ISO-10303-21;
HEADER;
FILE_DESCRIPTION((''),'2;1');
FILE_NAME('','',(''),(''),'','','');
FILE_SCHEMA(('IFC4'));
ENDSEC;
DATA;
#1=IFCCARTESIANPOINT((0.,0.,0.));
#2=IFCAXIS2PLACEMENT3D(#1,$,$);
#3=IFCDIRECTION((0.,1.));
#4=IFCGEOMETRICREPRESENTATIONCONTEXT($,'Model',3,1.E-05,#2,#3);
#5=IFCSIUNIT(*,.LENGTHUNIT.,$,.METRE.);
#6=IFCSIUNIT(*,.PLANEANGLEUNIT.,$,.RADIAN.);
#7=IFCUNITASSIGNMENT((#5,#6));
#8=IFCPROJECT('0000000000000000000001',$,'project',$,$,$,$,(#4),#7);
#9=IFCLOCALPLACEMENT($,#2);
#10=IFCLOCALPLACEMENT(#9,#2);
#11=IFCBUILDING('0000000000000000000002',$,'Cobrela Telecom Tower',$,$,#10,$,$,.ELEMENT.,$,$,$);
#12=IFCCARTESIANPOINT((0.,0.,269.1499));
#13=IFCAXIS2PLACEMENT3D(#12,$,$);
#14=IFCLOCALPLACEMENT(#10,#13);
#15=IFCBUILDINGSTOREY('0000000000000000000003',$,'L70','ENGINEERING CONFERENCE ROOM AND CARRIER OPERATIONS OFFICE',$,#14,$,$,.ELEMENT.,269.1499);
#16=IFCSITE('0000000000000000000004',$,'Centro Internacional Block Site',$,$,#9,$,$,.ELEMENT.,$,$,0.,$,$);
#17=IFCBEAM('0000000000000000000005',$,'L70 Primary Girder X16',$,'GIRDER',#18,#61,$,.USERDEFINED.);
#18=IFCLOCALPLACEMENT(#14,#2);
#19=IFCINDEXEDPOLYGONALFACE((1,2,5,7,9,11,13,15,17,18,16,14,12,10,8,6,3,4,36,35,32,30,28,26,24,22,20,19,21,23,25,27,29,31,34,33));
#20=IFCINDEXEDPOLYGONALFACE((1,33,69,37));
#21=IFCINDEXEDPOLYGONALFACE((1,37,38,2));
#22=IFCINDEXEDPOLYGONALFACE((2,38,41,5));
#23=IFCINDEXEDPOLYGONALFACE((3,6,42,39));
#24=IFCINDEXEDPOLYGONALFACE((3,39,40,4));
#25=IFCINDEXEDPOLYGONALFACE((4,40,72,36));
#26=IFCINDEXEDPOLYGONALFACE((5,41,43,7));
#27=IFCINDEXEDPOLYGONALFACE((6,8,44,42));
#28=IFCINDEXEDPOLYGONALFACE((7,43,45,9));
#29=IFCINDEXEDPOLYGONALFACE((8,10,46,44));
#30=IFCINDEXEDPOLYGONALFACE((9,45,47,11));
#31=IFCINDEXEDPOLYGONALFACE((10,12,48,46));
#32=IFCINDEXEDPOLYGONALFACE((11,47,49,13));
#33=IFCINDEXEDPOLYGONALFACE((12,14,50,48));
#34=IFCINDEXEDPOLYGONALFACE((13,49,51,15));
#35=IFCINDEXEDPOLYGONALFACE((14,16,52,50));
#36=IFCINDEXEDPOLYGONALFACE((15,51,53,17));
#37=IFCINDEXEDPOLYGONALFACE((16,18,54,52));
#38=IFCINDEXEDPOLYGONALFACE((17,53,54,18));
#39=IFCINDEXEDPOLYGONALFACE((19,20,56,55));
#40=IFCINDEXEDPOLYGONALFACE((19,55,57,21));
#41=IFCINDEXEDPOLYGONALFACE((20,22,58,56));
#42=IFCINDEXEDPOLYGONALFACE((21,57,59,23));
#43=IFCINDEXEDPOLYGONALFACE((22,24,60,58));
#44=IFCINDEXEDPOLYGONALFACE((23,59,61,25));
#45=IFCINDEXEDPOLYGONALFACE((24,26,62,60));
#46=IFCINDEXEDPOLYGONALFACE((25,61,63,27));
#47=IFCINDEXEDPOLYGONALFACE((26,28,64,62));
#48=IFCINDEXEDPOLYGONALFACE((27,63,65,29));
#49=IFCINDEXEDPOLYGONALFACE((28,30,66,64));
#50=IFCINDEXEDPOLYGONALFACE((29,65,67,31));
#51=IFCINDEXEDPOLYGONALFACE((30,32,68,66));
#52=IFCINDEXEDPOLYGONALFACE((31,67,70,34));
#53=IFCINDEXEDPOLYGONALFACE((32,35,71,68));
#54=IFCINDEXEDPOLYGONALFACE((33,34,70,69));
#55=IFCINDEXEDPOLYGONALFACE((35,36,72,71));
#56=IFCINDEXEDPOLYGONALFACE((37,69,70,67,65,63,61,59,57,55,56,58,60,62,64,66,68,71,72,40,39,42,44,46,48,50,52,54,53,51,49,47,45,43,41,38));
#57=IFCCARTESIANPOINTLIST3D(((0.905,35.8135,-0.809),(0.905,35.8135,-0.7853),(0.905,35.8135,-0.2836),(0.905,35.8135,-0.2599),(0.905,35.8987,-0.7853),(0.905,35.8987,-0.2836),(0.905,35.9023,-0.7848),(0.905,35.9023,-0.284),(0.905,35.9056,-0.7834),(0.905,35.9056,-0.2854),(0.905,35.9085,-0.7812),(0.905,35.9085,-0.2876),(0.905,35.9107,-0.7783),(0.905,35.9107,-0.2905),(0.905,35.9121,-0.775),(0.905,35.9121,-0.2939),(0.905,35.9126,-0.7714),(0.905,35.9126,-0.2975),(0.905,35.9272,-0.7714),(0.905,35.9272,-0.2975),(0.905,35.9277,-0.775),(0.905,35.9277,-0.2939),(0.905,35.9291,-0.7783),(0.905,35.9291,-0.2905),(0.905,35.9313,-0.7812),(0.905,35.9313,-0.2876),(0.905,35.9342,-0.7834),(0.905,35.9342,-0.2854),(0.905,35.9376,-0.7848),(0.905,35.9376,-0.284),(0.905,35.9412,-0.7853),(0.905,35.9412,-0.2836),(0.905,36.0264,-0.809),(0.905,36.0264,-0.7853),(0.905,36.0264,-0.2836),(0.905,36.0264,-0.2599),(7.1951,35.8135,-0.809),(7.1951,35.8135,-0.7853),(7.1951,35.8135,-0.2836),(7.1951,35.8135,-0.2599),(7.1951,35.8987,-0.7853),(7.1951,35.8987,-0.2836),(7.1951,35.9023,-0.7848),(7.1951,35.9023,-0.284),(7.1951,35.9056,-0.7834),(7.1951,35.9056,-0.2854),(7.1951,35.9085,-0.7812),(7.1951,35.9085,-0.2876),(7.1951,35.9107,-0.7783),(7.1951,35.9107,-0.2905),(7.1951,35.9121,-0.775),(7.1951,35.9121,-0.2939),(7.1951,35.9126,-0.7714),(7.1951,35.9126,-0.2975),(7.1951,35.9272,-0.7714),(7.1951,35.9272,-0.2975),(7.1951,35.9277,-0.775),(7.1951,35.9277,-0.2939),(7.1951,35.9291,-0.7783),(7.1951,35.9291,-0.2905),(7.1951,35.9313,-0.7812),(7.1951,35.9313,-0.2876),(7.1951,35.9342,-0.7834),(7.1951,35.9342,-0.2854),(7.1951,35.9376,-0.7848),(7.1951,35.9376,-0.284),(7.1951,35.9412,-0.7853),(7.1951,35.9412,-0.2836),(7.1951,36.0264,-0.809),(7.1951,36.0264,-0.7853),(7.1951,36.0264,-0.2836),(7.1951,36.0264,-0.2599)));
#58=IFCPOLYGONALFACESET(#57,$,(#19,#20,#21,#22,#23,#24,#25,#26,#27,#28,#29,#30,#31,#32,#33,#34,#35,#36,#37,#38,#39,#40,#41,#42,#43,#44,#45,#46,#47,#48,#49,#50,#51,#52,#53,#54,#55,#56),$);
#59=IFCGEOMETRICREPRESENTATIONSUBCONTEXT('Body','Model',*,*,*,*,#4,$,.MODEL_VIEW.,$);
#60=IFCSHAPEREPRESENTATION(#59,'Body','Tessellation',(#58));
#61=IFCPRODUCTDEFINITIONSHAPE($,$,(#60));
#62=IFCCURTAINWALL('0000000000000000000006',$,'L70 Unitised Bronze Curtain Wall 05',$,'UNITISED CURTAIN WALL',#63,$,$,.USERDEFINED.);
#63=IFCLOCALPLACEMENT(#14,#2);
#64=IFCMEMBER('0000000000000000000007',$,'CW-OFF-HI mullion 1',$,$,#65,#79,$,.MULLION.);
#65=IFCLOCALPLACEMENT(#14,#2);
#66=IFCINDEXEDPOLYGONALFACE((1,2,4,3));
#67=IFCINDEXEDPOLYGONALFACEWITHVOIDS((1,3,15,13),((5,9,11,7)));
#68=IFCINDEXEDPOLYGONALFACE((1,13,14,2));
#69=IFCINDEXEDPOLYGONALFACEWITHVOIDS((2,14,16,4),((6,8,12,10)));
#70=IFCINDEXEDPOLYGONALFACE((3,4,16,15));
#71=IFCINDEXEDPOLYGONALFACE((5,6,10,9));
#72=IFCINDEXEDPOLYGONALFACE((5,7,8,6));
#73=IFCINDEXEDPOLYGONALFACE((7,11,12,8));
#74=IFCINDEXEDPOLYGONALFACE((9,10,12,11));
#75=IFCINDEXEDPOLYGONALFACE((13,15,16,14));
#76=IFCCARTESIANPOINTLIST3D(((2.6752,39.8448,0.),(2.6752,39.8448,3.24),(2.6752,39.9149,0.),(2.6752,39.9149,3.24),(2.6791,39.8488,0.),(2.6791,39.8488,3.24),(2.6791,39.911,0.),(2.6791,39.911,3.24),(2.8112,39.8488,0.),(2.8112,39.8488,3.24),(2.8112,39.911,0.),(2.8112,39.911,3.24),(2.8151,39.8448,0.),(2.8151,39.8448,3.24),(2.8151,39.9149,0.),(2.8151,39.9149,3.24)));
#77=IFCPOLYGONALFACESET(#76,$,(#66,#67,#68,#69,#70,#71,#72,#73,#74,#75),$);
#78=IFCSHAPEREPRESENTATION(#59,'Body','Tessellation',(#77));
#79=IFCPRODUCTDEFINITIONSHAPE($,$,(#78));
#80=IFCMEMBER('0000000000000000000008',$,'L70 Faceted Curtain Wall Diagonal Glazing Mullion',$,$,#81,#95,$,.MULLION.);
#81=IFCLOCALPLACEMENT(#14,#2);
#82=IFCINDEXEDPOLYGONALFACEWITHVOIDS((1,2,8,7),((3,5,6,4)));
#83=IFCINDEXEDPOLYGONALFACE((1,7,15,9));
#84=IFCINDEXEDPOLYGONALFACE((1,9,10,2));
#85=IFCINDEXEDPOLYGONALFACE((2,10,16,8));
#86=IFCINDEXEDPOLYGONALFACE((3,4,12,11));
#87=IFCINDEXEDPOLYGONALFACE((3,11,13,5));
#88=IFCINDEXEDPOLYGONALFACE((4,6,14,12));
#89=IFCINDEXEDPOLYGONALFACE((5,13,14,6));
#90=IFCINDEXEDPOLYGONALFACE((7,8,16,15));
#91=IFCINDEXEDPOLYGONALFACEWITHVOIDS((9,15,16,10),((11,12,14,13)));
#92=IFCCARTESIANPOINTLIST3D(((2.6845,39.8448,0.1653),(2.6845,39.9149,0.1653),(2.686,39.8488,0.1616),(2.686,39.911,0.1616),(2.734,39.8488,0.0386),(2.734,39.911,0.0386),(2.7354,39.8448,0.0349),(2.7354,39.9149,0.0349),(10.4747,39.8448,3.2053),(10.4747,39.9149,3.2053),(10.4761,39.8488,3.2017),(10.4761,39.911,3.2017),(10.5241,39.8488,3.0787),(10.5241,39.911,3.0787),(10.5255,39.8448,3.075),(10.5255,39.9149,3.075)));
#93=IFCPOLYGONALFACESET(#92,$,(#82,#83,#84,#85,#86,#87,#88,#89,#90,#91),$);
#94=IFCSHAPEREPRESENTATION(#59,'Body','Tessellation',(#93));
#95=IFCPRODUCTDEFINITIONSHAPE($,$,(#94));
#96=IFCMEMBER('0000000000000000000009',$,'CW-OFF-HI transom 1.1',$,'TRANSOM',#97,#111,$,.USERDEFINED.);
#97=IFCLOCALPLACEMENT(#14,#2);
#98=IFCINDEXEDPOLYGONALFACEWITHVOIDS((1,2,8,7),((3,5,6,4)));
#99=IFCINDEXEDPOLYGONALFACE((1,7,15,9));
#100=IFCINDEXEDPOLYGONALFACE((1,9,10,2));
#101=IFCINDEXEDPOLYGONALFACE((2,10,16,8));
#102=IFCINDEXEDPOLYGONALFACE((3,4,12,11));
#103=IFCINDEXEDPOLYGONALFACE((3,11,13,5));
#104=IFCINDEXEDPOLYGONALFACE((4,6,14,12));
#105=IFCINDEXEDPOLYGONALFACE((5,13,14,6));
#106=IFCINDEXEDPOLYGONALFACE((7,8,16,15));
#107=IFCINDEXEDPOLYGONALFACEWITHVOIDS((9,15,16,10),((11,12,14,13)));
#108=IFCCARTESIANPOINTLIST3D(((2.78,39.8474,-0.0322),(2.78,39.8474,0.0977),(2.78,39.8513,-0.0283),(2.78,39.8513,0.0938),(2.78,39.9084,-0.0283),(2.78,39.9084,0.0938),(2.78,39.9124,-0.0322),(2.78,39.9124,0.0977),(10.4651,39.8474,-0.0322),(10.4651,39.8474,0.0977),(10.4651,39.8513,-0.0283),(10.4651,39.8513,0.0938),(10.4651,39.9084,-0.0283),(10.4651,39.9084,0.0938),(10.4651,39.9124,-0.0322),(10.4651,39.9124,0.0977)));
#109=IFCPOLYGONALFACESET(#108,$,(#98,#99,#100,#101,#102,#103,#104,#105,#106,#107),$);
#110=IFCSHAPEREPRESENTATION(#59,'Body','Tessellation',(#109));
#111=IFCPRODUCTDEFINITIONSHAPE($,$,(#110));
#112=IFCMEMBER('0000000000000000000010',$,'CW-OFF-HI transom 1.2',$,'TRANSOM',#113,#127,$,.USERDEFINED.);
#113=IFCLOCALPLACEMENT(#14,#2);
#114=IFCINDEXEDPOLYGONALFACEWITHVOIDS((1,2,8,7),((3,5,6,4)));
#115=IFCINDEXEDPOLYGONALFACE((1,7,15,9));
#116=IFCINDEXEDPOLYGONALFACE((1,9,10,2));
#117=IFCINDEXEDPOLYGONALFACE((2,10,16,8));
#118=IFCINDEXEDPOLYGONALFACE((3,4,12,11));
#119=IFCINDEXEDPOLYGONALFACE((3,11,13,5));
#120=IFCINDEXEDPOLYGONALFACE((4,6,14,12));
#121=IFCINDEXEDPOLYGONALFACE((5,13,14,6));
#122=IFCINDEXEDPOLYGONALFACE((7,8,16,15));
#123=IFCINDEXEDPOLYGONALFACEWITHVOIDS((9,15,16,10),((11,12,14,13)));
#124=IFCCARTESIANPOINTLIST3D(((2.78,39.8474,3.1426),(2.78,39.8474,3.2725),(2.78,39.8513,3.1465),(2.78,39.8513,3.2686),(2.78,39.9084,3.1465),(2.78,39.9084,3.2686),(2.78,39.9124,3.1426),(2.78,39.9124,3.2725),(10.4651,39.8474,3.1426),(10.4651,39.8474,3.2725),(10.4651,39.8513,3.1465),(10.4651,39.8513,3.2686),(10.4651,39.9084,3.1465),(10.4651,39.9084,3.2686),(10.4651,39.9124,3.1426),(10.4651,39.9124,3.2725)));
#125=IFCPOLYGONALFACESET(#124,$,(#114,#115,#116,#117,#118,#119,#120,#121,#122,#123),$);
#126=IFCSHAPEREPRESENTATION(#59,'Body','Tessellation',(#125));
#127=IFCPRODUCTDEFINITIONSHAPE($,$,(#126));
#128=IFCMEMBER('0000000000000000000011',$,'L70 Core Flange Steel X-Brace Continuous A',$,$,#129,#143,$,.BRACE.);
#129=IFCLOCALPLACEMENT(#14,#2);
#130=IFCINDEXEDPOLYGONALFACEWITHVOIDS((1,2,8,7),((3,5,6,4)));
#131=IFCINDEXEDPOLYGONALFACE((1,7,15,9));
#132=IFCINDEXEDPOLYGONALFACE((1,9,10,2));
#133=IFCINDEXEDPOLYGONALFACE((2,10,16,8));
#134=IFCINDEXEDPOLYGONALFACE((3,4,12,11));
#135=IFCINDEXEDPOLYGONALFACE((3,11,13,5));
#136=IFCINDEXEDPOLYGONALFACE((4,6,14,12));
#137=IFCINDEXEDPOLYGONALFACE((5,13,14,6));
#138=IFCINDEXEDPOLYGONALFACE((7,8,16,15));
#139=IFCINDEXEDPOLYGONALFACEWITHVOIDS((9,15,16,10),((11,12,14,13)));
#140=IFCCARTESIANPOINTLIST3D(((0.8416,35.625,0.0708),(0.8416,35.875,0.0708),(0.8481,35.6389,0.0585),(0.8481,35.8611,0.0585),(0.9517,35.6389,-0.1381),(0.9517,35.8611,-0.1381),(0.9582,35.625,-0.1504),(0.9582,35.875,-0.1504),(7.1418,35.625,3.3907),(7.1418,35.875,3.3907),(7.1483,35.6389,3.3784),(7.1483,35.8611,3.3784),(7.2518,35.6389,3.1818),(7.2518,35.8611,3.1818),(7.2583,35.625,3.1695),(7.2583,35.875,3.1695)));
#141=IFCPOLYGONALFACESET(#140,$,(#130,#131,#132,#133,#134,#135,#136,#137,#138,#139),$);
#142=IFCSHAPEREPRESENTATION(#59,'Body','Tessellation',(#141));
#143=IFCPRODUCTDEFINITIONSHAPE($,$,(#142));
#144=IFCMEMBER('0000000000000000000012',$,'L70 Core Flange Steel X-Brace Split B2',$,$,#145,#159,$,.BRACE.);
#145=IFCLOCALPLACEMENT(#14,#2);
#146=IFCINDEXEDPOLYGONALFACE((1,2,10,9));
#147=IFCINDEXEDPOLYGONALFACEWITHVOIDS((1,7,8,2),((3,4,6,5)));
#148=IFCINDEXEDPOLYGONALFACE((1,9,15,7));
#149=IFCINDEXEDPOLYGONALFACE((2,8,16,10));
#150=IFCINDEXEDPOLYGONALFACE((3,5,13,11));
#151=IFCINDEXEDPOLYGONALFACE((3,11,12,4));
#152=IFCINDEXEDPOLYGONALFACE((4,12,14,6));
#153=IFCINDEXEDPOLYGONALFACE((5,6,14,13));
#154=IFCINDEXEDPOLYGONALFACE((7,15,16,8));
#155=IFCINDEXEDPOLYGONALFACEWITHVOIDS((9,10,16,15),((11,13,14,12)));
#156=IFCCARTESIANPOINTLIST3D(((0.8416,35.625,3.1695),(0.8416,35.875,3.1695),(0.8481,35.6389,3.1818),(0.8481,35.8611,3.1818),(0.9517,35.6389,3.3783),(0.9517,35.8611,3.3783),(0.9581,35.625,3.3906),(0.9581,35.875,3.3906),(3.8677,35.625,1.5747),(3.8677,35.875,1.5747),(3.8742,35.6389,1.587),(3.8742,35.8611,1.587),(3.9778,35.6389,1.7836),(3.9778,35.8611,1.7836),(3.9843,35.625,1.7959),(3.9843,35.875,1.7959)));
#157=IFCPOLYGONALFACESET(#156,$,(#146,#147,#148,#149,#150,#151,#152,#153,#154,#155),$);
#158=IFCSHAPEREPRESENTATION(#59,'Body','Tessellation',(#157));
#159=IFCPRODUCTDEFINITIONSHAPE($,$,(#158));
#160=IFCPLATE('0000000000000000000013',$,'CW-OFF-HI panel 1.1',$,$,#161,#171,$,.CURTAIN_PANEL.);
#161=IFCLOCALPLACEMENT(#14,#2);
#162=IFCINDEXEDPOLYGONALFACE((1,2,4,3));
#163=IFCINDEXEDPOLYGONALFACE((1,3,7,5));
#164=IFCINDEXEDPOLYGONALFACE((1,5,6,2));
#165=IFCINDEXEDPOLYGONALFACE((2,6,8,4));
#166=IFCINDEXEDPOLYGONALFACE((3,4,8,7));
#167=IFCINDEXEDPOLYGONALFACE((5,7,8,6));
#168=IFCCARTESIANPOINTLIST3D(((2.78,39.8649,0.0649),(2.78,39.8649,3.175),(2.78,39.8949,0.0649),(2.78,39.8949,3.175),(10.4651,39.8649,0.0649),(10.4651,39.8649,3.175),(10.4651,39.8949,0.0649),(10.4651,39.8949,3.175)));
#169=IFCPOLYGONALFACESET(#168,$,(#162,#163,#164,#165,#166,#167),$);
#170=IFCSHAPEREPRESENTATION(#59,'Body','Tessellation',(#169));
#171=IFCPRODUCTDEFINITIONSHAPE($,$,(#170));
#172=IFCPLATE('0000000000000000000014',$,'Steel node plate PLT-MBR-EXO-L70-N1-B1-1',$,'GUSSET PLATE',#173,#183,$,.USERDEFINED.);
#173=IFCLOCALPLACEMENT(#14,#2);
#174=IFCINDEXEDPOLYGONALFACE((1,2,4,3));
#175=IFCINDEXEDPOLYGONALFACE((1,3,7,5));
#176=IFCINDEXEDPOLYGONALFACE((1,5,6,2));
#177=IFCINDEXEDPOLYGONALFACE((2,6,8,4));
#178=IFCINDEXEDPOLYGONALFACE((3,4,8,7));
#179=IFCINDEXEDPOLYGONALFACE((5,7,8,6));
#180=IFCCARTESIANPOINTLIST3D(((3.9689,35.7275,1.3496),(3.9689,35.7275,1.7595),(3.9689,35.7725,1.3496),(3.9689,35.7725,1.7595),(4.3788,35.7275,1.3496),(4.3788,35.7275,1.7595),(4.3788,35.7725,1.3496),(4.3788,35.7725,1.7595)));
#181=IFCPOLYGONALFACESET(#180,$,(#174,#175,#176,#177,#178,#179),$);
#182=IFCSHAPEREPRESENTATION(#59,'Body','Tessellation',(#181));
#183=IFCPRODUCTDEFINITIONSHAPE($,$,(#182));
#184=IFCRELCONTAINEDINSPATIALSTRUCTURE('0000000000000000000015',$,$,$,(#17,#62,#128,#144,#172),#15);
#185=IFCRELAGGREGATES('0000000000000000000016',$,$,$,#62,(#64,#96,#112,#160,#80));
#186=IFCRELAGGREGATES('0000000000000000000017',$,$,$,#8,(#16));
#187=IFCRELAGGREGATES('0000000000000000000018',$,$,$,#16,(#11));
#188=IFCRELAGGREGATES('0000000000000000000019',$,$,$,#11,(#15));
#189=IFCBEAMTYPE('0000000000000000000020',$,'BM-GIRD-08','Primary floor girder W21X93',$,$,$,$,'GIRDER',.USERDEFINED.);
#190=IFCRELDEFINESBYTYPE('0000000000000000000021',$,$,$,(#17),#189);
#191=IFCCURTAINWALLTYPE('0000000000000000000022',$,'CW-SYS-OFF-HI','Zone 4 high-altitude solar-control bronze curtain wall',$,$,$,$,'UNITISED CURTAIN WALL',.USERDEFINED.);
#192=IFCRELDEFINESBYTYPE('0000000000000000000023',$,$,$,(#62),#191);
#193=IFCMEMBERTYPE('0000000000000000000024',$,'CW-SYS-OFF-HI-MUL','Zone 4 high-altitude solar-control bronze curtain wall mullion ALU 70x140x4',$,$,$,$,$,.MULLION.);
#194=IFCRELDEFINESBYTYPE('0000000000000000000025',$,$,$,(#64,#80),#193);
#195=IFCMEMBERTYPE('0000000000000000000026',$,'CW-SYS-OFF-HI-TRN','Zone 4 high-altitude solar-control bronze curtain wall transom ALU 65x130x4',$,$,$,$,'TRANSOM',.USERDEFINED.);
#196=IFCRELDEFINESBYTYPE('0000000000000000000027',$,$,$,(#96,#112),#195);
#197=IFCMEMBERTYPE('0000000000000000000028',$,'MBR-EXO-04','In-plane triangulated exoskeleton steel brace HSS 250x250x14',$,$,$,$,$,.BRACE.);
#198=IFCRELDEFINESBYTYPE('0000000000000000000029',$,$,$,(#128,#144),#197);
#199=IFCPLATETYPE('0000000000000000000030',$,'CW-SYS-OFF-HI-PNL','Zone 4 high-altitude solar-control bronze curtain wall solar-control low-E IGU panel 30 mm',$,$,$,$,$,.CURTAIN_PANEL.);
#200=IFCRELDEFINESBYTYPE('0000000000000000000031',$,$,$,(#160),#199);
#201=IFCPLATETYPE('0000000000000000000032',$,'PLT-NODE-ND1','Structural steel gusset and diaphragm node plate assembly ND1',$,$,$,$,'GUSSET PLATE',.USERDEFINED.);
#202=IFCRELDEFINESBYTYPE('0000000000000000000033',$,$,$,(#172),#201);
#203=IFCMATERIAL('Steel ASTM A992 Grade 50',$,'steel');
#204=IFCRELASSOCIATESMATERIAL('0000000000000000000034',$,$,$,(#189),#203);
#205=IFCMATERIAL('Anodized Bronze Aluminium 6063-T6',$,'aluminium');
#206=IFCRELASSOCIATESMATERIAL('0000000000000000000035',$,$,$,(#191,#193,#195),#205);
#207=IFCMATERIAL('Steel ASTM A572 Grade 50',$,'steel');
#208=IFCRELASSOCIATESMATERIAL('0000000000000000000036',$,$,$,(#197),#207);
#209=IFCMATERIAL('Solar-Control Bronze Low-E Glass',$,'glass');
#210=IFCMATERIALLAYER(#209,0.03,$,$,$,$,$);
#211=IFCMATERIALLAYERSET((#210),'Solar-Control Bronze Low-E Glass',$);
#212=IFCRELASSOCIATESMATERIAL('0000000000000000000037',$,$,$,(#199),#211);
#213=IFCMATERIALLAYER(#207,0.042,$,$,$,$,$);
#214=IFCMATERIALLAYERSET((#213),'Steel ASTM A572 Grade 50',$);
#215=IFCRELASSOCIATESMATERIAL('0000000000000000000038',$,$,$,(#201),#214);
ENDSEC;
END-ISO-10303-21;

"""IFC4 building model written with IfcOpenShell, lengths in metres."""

from ifc_helpers import new_model, si_unit, direction, frame, origin, origin_2d, place, context, subcontext, project, spatial, rectangle, hollow_rectangle, i_section, extrude, material, layer, layer_set, material_profile, profile_set, type_object, element, aggregate, save


model = new_model("IFC4")

# Units and contexts
model_context = context("Model", 3, precision=1e-05, world=origin(), true_north=direction((0.0, 1.0)))
body_context = subcontext(model_context, "Body", "Model", "MODEL_VIEW")
ifc_project = project(units=[si_unit("LENGTHUNIT", "METRE"), si_unit("PLANEANGLEUNIT", "RADIAN")], contexts=[model_context])

# Site, building, storey
site_placement = place(None, origin())
site = spatial("IfcSite", under=ifc_project, at=site_placement, Name="Centro Internacional Block Site", CompositionType="ELEMENT", RefElevation=0.0)
building_placement = place(site_placement, origin())
building = spatial("IfcBuilding", under=site, at=building_placement, Name="Cobrela Telecom Tower", CompositionType="ELEMENT")
storey_placement = place(building_placement, frame((0.0, 0.0, 269.1499)))
storey = spatial("IfcBuildingStorey", under=building, at=storey_placement, Name="L70", Description="ENGINEERING CONFERENCE ROOM AND CARRIER OPERATIONS OFFICE", CompositionType="ELEMENT", Elevation=269.1499)

# Beam
ifc_material_1 = material(Name="Steel ASTM A992 Grade 50", Category="steel")
ifc_material_profile_1 = material_profile(ifc_material_1, i_section(OverallWidth=0.2129, OverallDepth=0.5491, WebThickness=0.0146, FlangeThickness=0.0237, FilletRadius=0.0139, at=origin_2d()), Name="W21X93")
ifc_profile_set_1 = profile_set([ifc_material_profile_1], Name="Steel ASTM A992 Grade 50")
beam_type = type_object("IfcBeamType", Name="BM-GIRD-08", Description="Primary floor girder W21X93", ElementType="GIRDER", PredefinedType="USERDEFINED", material=ifc_profile_set_1)
beam_placement = place(storey_placement, frame((0.905, 35.9199, -0.5344), z_axis=(1.0, 0.0, 0.0), x_axis=(0.0, 1.0, 0.0)))
element("IfcBeam", 1, at=beam_placement, inside=storey, type_object=beam_type, Name="L70 Primary Girder X16", ObjectType="GIRDER", PredefinedType="USERDEFINED", context=body_context, shape_type="SweptSolid", body=[
    extrude(i_section(OverallWidth=0.2129, OverallDepth=0.5491, WebThickness=0.0146, FlangeThickness=0.0237, FilletRadius=0.0139, at=origin_2d()), origin(), (0.0, 0.0, 1.0), 6.29),
])

# Curtain wall, members
ifc_material_2 = material(Name="Anodized Bronze Aluminium 6063-T6", Category="aluminium")
curtain_wall_type = type_object("IfcCurtainWallType", Name="CW-SYS-OFF-HI", Description="Zone 4 high-altitude solar-control bronze curtain wall", ElementType="UNITISED CURTAIN WALL", PredefinedType="USERDEFINED", material=ifc_material_2)
curtain_wall_placement = place(storey_placement, origin())
curtain_wall = element("IfcCurtainWall", 2, at=curtain_wall_placement, inside=storey, type_object=curtain_wall_type, Name="L70 Unitised Bronze Curtain Wall 05", ObjectType="UNITISED CURTAIN WALL", PredefinedType="USERDEFINED")
ifc_material_profile_2 = material_profile(ifc_material_2, hollow_rectangle(XDim=0.0701, YDim=0.1399, WallThickness=0.0039, at=origin_2d()), Name="ALU 70x140x4")
ifc_profile_set_2 = profile_set([ifc_material_profile_2], Name="Anodized Bronze Aluminium 6063-T6")
member_type_1 = type_object("IfcMemberType", Name="CW-SYS-OFF-HI-MUL", Description="Zone 4 high-altitude solar-control bronze curtain wall mullion ALU 70x140x4", PredefinedType="MULLION", material=ifc_profile_set_2)
member_1_placement = place(storey_placement, frame((2.7451, 39.8799, 0.0), z_axis=(0.0, 0.0, 1.0), x_axis=(0.0, 1.0, 0.0)))
member_1 = element("IfcMember", 3, at=member_1_placement, type_object=member_type_1, Name="CW-OFF-HI mullion 1", PredefinedType="MULLION", context=body_context, shape_type="SweptSolid", body=[
    extrude(hollow_rectangle(XDim=0.0701, YDim=0.1399, WallThickness=0.0039, at=origin_2d()), origin(), (0.0, 0.0, 1.0), 3.24),
])
member_2_placement = place(storey_placement, frame((2.71, 39.8799, 0.1001), z_axis=(0.931577, 0.0, 0.363545), x_axis=(0.0, 1.0, 0.0)))
member_2 = element("IfcMember", 4, at=member_2_placement, type_object=member_type_1, Name="L70 Faceted Curtain Wall Diagonal Glazing Mullion", PredefinedType="MULLION", context=body_context, shape_type="SweptSolid", body=[
    extrude(hollow_rectangle(XDim=0.0701, YDim=0.1399, WallThickness=0.0039, at=origin_2d()), origin(), (0.0, 0.0, 1.0), 8.3623),
])
ifc_material_profile_3 = material_profile(ifc_material_2, hollow_rectangle(XDim=0.0649, YDim=0.1299, WallThickness=0.0039, at=origin_2d()), Name="ALU 65x130x4")
ifc_profile_set_3 = profile_set([ifc_material_profile_3], Name="Anodized Bronze Aluminium 6063-T6")
member_type_2 = type_object("IfcMemberType", Name="CW-SYS-OFF-HI-TRN", Description="Zone 4 high-altitude solar-control bronze curtain wall transom ALU 65x130x4", ElementType="TRANSOM", PredefinedType="USERDEFINED", material=ifc_profile_set_3)
member_3_placement = place(storey_placement, frame((2.78, 39.8799, 0.0327), z_axis=(1.0, 0.0, 0.0), x_axis=(0.0, 1.0, 0.0)))
member_3 = element("IfcMember", 5, at=member_3_placement, type_object=member_type_2, Name="CW-OFF-HI transom 1.1", ObjectType="TRANSOM", PredefinedType="USERDEFINED", context=body_context, shape_type="SweptSolid", body=[
    extrude(hollow_rectangle(XDim=0.0649, YDim=0.1299, WallThickness=0.0039, at=origin_2d()), origin(), (0.0, 0.0, 1.0), 7.6851),
])
member_4_placement = place(storey_placement, frame((2.78, 39.8799, 3.2075), z_axis=(1.0, 0.0, 0.0), x_axis=(0.0, 1.0, 0.0)))
member_4 = element("IfcMember", 6, at=member_4_placement, type_object=member_type_2, Name="CW-OFF-HI transom 1.2", ObjectType="TRANSOM", PredefinedType="USERDEFINED", context=body_context, shape_type="SweptSolid", body=[
    extrude(hollow_rectangle(XDim=0.0649, YDim=0.1299, WallThickness=0.0039, at=origin_2d()), origin(), (0.0, 0.0, 1.0), 7.6851),
])

# Members
ifc_material_3 = material(Name="Steel ASTM A572 Grade 50", Category="steel")
ifc_material_profile_4 = material_profile(ifc_material_3, hollow_rectangle(XDim=0.25, YDim=0.25, WallThickness=0.0139, at=origin_2d()), Name="HSS 250x250x14")
ifc_profile_set_4 = profile_set([ifc_material_profile_4], Name="Steel ASTM A572 Grade 50")
member_type_3 = type_object("IfcMemberType", Name="MBR-EXO-04", Description="In-plane triangulated exoskeleton steel brace HSS 250x250x14", PredefinedType="BRACE", material=ifc_profile_set_4)
member_5_placement = place(storey_placement, frame((0.8999, 35.75, -0.0398), z_axis=(0.884686, 0.0, 0.466187), x_axis=(0.0, 1.0, 0.0)))
element("IfcMember", 7, at=member_5_placement, inside=storey, type_object=member_type_3, Name="L70 Core Flange Steel X-Brace Continuous A", PredefinedType="BRACE", context=body_context, shape_type="SweptSolid", body=[
    extrude(hollow_rectangle(XDim=0.25, YDim=0.25, WallThickness=0.0139, at=origin_2d()), origin(), (0.0, 0.0, 1.0), 7.1213),
])
member_6_placement = place(storey_placement, frame((3.926, 35.75, 1.6853), z_axis=(-0.884673, 0.0, 0.466211), x_axis=(0.0, -1.0, 0.0)))
element("IfcMember", 8, at=member_6_placement, inside=storey, type_object=member_type_3, Name="L70 Core Flange Steel X-Brace Split B2", PredefinedType="BRACE", context=body_context, shape_type="SweptSolid", body=[
    extrude(hollow_rectangle(XDim=0.25, YDim=0.25, WallThickness=0.0139, at=origin_2d()), origin(), (0.0, 0.0, 1.0), 3.4207),
])

# Plate
ifc_material_4 = material(Name="Solar-Control Bronze Low-E Glass", Category="glass")
ifc_layer_1 = layer(ifc_material_4, 0.03)
ifc_layer_set_1 = layer_set([ifc_layer_1], Name="Solar-Control Bronze Low-E Glass")
plate_type_1 = type_object("IfcPlateType", Name="CW-SYS-OFF-HI-PNL", Description="Zone 4 high-altitude solar-control bronze curtain wall solar-control low-E IGU panel 30 mm", PredefinedType="CURTAIN_PANEL", material=ifc_layer_set_1)
plate_1_placement = place(storey_placement, frame((6.6226, 39.8799, 0.0649), z_axis=(0.0, 0.0, 1.0), x_axis=(1.0, 0.0, 0.0)))
plate_1 = element("IfcPlate", 9, at=plate_1_placement, type_object=plate_type_1, Name="CW-OFF-HI panel 1.1", PredefinedType="CURTAIN_PANEL", context=body_context, shape_type="SweptSolid", body=[
    extrude(rectangle(XDim=7.6851, YDim=0.03, at=origin_2d()), origin(), (0.0, 0.0, 1.0), 3.1101),
])
aggregate(curtain_wall, [member_1, member_3, member_4, plate_1, member_2])

# Plate
ifc_layer_2 = layer(ifc_material_3, 0.042)
ifc_layer_set_2 = layer_set([ifc_layer_2], Name="Steel ASTM A572 Grade 50")
plate_type_2 = type_object("IfcPlateType", Name="PLT-NODE-ND1", Description="Structural steel gusset and diaphragm node plate assembly ND1", ElementType="GUSSET PLATE", PredefinedType="USERDEFINED", material=ifc_layer_set_2)
for number, where, z_axis, x_axis, name in (
    (10, (4.1738, 35.75, 1.3496), (0.0, 0.0, 1.0), (-1.0, 0.0, 0.0), "Steel node plate PLT-MBR-EXO-L70-N1-B1-1"),
):
    element("IfcPlate", number, at=place(storey_placement, frame(where, z_axis=z_axis, x_axis=x_axis)), inside=storey, type_object=plate_type_2, Name=name, ObjectType="GUSSET PLATE", PredefinedType="USERDEFINED", context=body_context, shape_type="SweptSolid", body=[
        extrude(rectangle(XDim=0.4099, YDim=0.0449, at=origin_2d()), origin(), (0.0, 0.0, 1.0), 0.4099),
    ])

save(model, "model.ifc")
